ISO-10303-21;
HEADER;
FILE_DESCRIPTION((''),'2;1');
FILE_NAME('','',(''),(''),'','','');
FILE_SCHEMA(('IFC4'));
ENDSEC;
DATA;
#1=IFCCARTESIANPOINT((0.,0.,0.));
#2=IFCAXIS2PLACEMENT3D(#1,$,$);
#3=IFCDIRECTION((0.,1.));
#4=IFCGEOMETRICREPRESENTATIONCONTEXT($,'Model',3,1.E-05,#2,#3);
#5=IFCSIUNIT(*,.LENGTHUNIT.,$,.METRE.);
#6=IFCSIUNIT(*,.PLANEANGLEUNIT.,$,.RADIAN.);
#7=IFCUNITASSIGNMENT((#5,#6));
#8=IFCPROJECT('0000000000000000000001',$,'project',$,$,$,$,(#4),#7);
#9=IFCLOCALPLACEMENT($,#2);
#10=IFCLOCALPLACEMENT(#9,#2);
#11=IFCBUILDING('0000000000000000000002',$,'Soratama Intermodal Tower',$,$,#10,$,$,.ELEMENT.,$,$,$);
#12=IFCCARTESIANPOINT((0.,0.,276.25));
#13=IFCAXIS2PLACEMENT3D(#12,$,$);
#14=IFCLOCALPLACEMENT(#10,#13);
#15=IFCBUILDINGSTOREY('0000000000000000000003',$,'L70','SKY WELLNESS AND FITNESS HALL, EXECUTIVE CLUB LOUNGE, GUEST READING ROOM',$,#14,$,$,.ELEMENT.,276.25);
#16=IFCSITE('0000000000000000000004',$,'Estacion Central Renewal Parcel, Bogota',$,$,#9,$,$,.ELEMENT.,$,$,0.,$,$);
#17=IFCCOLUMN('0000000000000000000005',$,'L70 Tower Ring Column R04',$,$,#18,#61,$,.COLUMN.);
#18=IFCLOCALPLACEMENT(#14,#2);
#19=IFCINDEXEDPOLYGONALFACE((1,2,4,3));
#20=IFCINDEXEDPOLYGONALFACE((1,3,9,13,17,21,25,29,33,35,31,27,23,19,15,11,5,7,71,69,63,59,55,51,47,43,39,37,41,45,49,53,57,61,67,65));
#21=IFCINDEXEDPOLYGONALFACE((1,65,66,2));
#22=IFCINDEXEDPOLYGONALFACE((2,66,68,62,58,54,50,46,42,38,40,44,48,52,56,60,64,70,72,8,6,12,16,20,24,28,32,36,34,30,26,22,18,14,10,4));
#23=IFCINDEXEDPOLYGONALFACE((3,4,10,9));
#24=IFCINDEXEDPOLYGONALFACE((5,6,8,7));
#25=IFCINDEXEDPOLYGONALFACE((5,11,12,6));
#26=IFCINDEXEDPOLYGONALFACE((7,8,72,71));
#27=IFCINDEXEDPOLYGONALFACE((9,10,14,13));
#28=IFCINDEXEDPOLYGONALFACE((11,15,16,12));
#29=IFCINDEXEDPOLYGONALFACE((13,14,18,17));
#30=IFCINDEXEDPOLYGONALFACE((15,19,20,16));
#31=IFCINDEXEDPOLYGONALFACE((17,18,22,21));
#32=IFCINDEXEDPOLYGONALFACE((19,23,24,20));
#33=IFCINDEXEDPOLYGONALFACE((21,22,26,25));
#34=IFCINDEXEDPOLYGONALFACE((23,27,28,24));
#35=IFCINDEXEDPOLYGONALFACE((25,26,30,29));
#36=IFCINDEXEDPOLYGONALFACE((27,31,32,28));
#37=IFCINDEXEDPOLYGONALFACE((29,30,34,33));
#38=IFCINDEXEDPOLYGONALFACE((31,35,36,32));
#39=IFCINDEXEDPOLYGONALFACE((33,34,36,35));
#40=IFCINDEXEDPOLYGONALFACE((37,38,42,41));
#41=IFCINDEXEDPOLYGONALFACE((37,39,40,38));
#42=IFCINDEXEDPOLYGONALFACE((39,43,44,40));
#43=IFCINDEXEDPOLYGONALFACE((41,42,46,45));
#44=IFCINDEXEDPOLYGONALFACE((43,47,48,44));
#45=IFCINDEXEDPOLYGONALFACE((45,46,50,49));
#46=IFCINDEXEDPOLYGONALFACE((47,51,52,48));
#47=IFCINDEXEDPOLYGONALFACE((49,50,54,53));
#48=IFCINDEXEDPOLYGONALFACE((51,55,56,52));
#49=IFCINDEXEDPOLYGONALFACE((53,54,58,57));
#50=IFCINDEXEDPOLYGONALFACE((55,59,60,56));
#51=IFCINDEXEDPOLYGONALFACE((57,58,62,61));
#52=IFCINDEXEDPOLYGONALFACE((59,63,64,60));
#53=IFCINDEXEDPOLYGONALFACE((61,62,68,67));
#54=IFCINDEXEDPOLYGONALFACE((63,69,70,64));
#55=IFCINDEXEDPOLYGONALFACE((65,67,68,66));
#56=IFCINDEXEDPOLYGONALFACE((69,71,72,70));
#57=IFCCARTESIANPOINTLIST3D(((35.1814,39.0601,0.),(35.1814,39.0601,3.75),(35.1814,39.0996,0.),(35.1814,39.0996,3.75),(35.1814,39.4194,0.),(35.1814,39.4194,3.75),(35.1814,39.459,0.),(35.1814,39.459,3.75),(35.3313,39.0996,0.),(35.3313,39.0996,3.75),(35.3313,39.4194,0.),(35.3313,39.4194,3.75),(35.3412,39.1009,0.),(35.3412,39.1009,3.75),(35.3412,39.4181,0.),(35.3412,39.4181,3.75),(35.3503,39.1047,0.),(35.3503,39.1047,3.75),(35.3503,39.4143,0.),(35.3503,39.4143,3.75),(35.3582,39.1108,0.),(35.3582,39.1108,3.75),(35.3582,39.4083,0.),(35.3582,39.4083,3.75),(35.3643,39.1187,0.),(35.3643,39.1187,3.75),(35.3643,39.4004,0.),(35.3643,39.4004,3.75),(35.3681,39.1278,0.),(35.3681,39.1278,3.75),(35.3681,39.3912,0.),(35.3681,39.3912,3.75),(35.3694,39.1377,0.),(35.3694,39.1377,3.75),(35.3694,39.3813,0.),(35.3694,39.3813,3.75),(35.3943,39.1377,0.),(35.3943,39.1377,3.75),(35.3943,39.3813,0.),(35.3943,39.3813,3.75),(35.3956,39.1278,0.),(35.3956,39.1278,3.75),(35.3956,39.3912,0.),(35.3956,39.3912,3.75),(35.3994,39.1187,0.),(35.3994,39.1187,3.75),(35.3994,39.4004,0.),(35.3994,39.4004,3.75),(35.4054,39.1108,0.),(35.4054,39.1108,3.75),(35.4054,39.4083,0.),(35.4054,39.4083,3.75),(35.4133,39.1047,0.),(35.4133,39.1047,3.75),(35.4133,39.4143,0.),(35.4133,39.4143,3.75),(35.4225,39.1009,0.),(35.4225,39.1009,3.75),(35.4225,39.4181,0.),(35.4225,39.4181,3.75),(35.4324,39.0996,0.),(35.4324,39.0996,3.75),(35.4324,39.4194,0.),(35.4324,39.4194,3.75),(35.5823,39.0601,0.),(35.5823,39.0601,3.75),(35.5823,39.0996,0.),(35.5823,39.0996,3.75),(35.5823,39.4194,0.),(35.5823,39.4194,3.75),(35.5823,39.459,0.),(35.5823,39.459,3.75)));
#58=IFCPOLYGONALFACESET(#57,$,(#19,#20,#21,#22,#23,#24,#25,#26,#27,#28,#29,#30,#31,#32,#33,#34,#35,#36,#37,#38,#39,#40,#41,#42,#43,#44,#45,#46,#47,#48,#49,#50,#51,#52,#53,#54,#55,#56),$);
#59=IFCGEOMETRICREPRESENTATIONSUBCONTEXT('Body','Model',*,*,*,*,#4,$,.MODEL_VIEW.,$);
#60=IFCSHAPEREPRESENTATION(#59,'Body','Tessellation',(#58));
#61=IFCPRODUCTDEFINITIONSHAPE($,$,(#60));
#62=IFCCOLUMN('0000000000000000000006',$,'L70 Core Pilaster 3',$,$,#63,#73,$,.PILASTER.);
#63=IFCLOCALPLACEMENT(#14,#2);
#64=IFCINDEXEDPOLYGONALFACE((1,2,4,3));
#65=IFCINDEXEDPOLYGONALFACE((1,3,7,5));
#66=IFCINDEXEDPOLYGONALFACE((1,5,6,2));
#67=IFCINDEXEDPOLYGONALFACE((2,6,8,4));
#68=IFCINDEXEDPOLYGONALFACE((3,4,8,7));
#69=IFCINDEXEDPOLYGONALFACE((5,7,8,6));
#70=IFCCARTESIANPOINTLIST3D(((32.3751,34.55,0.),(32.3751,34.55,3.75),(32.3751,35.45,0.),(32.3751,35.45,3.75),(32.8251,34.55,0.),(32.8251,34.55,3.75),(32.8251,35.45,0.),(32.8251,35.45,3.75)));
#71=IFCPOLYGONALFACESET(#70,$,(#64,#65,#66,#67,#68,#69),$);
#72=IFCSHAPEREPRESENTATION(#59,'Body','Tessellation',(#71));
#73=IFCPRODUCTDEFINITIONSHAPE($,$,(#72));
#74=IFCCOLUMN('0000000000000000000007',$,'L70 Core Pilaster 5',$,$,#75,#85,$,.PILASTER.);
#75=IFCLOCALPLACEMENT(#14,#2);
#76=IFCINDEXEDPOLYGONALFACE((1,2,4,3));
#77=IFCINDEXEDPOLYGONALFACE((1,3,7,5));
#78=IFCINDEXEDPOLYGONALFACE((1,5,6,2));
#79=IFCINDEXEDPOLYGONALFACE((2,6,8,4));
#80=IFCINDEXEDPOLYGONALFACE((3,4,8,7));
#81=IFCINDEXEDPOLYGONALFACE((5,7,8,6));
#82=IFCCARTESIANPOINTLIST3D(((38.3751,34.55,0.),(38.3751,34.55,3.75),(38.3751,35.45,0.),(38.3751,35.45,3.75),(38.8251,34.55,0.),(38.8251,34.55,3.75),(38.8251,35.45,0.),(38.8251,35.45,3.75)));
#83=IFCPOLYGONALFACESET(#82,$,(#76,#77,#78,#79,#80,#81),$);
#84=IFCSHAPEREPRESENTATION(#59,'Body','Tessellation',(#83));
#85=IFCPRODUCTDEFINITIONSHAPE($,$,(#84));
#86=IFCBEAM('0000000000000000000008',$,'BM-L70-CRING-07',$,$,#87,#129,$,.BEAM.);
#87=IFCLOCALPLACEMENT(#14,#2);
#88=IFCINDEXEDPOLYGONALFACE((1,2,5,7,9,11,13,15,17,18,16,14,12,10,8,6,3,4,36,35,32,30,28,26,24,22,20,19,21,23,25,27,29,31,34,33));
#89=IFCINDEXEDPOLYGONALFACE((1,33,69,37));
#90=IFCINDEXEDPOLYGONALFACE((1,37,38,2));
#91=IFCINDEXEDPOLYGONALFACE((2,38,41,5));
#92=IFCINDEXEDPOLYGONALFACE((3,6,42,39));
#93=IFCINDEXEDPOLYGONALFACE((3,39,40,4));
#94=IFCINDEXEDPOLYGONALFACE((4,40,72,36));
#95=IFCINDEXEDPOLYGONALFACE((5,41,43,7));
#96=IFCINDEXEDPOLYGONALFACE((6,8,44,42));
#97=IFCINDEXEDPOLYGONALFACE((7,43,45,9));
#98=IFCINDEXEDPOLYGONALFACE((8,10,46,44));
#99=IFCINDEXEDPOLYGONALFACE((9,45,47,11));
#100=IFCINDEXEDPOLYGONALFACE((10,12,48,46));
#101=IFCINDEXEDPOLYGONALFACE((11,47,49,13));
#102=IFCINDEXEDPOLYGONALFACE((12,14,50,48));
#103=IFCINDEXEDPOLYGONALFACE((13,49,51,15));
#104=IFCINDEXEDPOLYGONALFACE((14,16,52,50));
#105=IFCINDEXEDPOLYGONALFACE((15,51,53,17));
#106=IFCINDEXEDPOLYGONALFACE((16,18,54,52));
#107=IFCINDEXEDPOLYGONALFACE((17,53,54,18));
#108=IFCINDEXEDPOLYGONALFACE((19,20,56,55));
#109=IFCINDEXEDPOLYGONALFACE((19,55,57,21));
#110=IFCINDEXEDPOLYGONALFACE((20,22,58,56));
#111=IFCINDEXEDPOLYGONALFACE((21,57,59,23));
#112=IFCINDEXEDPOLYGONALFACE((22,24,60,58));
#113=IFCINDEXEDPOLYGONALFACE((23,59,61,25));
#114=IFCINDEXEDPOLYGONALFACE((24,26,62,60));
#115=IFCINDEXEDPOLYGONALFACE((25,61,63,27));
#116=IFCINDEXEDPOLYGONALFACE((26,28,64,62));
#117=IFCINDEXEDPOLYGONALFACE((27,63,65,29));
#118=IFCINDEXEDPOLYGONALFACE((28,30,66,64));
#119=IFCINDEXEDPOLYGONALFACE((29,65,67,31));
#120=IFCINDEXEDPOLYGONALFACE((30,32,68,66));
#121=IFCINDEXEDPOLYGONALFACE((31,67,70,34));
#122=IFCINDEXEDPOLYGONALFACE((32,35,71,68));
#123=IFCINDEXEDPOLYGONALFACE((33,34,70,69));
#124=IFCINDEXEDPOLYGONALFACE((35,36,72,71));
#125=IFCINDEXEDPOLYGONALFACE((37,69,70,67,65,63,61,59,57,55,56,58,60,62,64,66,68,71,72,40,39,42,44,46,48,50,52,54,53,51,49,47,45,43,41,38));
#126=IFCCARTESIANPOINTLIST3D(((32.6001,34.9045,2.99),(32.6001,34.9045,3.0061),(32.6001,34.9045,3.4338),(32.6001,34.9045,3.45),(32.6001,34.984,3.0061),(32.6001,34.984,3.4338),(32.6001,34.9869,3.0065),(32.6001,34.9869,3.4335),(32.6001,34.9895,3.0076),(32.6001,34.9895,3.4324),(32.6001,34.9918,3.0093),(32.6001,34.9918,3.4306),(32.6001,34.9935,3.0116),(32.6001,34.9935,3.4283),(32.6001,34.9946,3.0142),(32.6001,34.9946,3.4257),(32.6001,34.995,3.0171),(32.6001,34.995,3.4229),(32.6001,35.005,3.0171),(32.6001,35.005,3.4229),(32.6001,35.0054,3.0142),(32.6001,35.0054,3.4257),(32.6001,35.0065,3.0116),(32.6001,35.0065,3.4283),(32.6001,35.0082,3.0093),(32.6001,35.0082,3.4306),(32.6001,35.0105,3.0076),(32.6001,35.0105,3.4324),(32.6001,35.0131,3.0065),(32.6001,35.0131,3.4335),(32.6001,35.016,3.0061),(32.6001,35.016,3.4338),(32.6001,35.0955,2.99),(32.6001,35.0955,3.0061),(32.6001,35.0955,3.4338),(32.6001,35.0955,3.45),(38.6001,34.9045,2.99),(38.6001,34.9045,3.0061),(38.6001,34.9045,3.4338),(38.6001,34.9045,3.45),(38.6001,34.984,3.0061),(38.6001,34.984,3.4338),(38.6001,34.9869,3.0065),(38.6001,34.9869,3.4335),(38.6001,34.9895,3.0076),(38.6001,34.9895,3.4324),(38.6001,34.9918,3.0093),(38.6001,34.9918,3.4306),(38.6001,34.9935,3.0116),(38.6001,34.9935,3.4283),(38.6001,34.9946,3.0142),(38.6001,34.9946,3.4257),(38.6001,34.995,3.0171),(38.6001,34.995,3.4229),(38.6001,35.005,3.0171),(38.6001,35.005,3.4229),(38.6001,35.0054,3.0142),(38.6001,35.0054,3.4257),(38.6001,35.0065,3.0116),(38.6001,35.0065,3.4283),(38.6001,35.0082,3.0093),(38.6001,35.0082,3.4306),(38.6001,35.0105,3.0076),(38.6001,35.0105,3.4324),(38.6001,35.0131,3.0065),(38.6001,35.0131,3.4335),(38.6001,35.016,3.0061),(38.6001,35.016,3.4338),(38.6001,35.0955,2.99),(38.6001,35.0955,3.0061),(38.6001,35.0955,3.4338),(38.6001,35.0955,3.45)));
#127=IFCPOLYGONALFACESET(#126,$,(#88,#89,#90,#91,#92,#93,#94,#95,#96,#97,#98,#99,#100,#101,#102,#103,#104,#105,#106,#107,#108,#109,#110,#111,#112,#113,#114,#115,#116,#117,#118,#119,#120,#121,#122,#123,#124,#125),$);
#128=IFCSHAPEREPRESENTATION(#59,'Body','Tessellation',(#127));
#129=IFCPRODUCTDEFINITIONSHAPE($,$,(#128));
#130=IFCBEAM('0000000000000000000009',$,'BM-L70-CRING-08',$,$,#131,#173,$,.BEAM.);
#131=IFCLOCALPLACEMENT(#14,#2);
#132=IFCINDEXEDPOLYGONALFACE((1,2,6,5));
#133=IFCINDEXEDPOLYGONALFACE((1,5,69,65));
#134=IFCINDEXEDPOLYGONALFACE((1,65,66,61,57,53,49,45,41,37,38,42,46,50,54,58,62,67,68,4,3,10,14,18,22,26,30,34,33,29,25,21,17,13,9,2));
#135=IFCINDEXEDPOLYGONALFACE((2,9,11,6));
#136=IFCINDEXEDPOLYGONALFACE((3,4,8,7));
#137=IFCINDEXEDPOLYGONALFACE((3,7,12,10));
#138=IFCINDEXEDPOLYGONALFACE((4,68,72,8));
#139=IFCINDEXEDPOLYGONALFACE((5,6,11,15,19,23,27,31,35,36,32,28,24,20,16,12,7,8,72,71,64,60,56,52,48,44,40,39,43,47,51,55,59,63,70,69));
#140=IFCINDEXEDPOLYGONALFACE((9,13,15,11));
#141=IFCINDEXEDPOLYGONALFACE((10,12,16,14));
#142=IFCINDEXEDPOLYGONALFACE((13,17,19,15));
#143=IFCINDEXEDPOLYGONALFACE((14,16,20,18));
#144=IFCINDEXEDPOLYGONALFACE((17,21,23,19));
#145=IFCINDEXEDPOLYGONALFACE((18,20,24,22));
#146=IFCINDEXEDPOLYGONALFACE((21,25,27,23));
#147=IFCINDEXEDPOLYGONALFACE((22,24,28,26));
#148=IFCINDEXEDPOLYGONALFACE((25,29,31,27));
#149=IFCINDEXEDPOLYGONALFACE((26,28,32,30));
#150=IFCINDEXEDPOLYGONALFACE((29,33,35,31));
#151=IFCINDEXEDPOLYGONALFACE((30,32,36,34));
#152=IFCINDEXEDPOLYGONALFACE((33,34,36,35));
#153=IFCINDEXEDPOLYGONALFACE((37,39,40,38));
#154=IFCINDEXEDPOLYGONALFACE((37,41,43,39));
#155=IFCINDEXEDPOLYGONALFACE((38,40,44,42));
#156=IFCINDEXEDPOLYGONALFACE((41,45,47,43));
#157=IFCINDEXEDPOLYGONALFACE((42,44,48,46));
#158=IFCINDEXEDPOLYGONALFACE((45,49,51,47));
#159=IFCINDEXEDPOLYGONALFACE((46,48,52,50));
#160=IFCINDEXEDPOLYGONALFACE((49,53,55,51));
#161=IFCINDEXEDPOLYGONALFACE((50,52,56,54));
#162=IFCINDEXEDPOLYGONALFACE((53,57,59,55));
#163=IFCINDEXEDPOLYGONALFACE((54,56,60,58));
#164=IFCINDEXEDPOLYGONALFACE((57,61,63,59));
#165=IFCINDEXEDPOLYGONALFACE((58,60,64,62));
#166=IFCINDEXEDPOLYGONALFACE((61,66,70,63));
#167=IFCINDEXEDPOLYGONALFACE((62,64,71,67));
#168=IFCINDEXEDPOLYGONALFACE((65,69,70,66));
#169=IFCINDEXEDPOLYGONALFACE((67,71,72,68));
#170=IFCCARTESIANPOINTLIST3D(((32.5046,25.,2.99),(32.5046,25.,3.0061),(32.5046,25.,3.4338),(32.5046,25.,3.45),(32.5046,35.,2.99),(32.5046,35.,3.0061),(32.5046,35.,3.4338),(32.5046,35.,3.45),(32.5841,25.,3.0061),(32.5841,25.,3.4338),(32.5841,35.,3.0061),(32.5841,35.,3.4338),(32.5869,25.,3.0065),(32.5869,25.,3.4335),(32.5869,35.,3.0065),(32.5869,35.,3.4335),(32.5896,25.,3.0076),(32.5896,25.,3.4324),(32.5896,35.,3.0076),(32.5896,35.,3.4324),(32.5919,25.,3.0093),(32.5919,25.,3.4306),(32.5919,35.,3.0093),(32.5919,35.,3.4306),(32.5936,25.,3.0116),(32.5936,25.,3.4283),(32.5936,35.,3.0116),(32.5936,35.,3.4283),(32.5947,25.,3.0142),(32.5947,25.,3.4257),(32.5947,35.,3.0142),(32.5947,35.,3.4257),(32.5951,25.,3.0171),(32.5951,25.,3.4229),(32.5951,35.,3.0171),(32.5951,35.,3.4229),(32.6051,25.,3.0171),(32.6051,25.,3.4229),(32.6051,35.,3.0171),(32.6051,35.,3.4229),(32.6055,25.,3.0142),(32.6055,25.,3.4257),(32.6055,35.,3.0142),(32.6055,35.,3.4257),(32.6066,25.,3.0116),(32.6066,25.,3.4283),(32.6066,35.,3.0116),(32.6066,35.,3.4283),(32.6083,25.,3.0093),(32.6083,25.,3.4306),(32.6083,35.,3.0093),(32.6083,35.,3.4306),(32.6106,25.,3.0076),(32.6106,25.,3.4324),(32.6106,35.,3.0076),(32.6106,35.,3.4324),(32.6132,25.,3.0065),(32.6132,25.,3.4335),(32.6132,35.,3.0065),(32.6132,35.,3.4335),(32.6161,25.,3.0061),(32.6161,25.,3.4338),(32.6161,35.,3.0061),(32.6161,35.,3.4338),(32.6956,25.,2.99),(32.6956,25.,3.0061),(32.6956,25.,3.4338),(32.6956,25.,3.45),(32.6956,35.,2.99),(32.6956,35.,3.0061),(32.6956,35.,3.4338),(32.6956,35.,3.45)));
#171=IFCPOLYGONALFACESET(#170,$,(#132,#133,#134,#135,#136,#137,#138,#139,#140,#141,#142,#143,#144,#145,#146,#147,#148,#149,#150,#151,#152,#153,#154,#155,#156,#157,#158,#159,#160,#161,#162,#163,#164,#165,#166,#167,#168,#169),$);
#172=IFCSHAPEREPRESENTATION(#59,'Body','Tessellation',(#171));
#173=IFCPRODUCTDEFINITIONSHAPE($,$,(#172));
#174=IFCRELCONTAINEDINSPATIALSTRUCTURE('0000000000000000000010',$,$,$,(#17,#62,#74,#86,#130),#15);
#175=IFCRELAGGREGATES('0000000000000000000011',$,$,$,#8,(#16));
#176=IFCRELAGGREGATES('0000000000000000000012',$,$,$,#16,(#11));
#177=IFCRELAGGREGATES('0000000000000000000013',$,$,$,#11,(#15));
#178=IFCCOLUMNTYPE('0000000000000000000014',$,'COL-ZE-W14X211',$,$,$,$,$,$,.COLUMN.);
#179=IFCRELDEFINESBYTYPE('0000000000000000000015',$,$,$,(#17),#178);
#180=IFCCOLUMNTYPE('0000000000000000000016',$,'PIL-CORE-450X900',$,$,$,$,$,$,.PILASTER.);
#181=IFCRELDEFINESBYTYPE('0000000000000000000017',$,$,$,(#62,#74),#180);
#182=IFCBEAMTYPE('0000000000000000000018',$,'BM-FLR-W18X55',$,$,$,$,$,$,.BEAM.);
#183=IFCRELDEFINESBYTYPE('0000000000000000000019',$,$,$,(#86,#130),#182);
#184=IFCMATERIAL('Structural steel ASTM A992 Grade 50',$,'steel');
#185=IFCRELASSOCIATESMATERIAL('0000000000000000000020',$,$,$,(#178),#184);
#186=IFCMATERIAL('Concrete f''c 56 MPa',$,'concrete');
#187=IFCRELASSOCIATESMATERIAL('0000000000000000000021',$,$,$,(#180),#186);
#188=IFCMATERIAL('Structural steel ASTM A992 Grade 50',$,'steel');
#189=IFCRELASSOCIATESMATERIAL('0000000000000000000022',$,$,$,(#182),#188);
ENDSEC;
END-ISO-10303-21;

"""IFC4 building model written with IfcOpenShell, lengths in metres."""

from ifc_helpers import new_model, si_unit, direction, frame, origin, origin_2d, place, context, subcontext, project, spatial, rectangle, i_section, extrude, material, material_profile, profile_set, type_object, element, save


model = new_model("IFC4")

# Units and contexts
model_context = context("Model", 3, precision=1e-05, world=origin(), true_north=direction((0.0, 1.0)))
body_context = subcontext(model_context, "Body", "Model", "MODEL_VIEW")
ifc_project = project(units=[si_unit("LENGTHUNIT", "METRE"), si_unit("PLANEANGLEUNIT", "RADIAN")], contexts=[model_context])

# Site, building, storey
site_placement = place(None, origin())
site = spatial("IfcSite", under=ifc_project, at=site_placement, Name="Estacion Central Renewal Parcel, Bogota", CompositionType="ELEMENT", RefElevation=0.0)
building_placement = place(site_placement, origin())
building = spatial("IfcBuilding", under=site, at=building_placement, Name="Soratama Intermodal Tower", CompositionType="ELEMENT")
storey_placement = place(building_placement, frame((0.0, 0.0, 276.25)))
storey = spatial("IfcBuildingStorey", under=building, at=storey_placement, Name="L70", Description="SKY WELLNESS AND FITNESS HALL, EXECUTIVE CLUB LOUNGE, GUEST READING ROOM", CompositionType="ELEMENT", Elevation=276.25)

# Columns
ifc_material_1 = material(Name="Structural steel ASTM A992 Grade 50", Category="steel")
ifc_material_profile_1 = material_profile(ifc_material_1, i_section(OverallWidth=0.4009, OverallDepth=0.3989, WebThickness=0.0249, FlangeThickness=0.0396, FilletRadius=0.0381, at=origin_2d()), Name="W14X211")
ifc_profile_set_1 = profile_set([ifc_material_profile_1], Name="Structural steel ASTM A992 Grade 50")
column_type_1 = type_object("IfcColumnType", Name="COL-ZE-W14X211", PredefinedType="COLUMN", material=ifc_profile_set_1)
column_placement = place(storey_placement, frame((35.3818, 39.2595, 0.0), z_axis=(0.0, 0.0, 1.0), x_axis=(1.0, 0.0, 0.0)))
element("IfcColumn", 1, at=column_placement, inside=storey, type_object=column_type_1, Name="L70 Tower Ring Column R04", PredefinedType="COLUMN", context=body_context, shape_type="SweptSolid", body=[
    extrude(i_section(OverallWidth=0.4009, OverallDepth=0.3989, WebThickness=0.0249, FlangeThickness=0.0396, FilletRadius=0.0381, at=origin_2d()), origin(), (0.0, 0.0, 1.0), 3.75),
])
ifc_material_2 = material(Name="Concrete f'c 56 MPa", Category="concrete")
ifc_material_profile_2 = material_profile(ifc_material_2, rectangle(XDim=0.45, YDim=0.8999, at=origin_2d()), Name="RC450X900")
ifc_profile_set_2 = profile_set([ifc_material_profile_2], Name="Concrete f'c 56 MPa")
column_type_2 = type_object("IfcColumnType", Name="PIL-CORE-450X900", PredefinedType="PILASTER", material=ifc_profile_set_2)
for number, where, z_axis, x_axis, name in (
    (2, (32.6001, 35.0, 0.0), (0.0, 0.0, 1.0), (1.0, 0.0, 0.0), "L70 Core Pilaster 3"),
    (3, (38.6001, 35.0, 0.0), (0.0, 0.0, 1.0), (1.0, 0.0, 0.0), "L70 Core Pilaster 5"),
):
    element("IfcColumn", number, at=place(storey_placement, frame(where, z_axis=z_axis, x_axis=x_axis)), inside=storey, type_object=column_type_2, Name=name, PredefinedType="PILASTER", context=body_context, shape_type="SweptSolid", body=[
        extrude(rectangle(XDim=0.45, YDim=0.8999, at=origin_2d()), origin(), (0.0, 0.0, 1.0), 3.75),
    ])

# Beams
ifc_material_3 = material(Name="Structural steel ASTM A992 Grade 50", Category="steel")
ifc_material_profile_3 = material_profile(ifc_material_3, i_section(OverallWidth=0.1909, OverallDepth=0.46, WebThickness=0.01, FlangeThickness=0.0161, FilletRadius=0.011, at=origin_2d()), Name="W18X55")
ifc_profile_set_3 = profile_set([ifc_material_profile_3], Name="Structural steel ASTM A992 Grade 50")
beam_type_1 = type_object("IfcBeamType", Name="BM-FLR-W18X55", PredefinedType="BEAM", material=ifc_profile_set_3)
beam_1_placement = place(storey_placement, frame((38.6001, 35.0, 3.22), z_axis=(-1.0, 0.0, 0.0), x_axis=(0.0, -1.0, 0.0)))
element("IfcBeam", 4, at=beam_1_placement, inside=storey, type_object=beam_type_1, Name="BM-L70-CRING-07", PredefinedType="BEAM", context=body_context, shape_type="SweptSolid", body=[
    extrude(i_section(OverallWidth=0.1909, OverallDepth=0.46, WebThickness=0.01, FlangeThickness=0.0161, FilletRadius=0.011, at=origin_2d()), origin(), (0.0, 0.0, 1.0), 6.0),
])
beam_2_placement = place(storey_placement, frame((32.6001, 35.0, 3.22), z_axis=(0.0, -1.0, 0.0), x_axis=(1.0, 0.0, 0.0)))
element("IfcBeam", 5, at=beam_2_placement, inside=storey, type_object=beam_type_1, Name="BM-L70-CRING-08", PredefinedType="BEAM", context=body_context, shape_type="SweptSolid", body=[
    extrude(i_section(OverallWidth=0.1909, OverallDepth=0.46, WebThickness=0.01, FlangeThickness=0.0161, FilletRadius=0.011, at=origin_2d()), origin(), (0.0, 0.0, 1.0), 10.0),
])

save(model, "model.ifc")
